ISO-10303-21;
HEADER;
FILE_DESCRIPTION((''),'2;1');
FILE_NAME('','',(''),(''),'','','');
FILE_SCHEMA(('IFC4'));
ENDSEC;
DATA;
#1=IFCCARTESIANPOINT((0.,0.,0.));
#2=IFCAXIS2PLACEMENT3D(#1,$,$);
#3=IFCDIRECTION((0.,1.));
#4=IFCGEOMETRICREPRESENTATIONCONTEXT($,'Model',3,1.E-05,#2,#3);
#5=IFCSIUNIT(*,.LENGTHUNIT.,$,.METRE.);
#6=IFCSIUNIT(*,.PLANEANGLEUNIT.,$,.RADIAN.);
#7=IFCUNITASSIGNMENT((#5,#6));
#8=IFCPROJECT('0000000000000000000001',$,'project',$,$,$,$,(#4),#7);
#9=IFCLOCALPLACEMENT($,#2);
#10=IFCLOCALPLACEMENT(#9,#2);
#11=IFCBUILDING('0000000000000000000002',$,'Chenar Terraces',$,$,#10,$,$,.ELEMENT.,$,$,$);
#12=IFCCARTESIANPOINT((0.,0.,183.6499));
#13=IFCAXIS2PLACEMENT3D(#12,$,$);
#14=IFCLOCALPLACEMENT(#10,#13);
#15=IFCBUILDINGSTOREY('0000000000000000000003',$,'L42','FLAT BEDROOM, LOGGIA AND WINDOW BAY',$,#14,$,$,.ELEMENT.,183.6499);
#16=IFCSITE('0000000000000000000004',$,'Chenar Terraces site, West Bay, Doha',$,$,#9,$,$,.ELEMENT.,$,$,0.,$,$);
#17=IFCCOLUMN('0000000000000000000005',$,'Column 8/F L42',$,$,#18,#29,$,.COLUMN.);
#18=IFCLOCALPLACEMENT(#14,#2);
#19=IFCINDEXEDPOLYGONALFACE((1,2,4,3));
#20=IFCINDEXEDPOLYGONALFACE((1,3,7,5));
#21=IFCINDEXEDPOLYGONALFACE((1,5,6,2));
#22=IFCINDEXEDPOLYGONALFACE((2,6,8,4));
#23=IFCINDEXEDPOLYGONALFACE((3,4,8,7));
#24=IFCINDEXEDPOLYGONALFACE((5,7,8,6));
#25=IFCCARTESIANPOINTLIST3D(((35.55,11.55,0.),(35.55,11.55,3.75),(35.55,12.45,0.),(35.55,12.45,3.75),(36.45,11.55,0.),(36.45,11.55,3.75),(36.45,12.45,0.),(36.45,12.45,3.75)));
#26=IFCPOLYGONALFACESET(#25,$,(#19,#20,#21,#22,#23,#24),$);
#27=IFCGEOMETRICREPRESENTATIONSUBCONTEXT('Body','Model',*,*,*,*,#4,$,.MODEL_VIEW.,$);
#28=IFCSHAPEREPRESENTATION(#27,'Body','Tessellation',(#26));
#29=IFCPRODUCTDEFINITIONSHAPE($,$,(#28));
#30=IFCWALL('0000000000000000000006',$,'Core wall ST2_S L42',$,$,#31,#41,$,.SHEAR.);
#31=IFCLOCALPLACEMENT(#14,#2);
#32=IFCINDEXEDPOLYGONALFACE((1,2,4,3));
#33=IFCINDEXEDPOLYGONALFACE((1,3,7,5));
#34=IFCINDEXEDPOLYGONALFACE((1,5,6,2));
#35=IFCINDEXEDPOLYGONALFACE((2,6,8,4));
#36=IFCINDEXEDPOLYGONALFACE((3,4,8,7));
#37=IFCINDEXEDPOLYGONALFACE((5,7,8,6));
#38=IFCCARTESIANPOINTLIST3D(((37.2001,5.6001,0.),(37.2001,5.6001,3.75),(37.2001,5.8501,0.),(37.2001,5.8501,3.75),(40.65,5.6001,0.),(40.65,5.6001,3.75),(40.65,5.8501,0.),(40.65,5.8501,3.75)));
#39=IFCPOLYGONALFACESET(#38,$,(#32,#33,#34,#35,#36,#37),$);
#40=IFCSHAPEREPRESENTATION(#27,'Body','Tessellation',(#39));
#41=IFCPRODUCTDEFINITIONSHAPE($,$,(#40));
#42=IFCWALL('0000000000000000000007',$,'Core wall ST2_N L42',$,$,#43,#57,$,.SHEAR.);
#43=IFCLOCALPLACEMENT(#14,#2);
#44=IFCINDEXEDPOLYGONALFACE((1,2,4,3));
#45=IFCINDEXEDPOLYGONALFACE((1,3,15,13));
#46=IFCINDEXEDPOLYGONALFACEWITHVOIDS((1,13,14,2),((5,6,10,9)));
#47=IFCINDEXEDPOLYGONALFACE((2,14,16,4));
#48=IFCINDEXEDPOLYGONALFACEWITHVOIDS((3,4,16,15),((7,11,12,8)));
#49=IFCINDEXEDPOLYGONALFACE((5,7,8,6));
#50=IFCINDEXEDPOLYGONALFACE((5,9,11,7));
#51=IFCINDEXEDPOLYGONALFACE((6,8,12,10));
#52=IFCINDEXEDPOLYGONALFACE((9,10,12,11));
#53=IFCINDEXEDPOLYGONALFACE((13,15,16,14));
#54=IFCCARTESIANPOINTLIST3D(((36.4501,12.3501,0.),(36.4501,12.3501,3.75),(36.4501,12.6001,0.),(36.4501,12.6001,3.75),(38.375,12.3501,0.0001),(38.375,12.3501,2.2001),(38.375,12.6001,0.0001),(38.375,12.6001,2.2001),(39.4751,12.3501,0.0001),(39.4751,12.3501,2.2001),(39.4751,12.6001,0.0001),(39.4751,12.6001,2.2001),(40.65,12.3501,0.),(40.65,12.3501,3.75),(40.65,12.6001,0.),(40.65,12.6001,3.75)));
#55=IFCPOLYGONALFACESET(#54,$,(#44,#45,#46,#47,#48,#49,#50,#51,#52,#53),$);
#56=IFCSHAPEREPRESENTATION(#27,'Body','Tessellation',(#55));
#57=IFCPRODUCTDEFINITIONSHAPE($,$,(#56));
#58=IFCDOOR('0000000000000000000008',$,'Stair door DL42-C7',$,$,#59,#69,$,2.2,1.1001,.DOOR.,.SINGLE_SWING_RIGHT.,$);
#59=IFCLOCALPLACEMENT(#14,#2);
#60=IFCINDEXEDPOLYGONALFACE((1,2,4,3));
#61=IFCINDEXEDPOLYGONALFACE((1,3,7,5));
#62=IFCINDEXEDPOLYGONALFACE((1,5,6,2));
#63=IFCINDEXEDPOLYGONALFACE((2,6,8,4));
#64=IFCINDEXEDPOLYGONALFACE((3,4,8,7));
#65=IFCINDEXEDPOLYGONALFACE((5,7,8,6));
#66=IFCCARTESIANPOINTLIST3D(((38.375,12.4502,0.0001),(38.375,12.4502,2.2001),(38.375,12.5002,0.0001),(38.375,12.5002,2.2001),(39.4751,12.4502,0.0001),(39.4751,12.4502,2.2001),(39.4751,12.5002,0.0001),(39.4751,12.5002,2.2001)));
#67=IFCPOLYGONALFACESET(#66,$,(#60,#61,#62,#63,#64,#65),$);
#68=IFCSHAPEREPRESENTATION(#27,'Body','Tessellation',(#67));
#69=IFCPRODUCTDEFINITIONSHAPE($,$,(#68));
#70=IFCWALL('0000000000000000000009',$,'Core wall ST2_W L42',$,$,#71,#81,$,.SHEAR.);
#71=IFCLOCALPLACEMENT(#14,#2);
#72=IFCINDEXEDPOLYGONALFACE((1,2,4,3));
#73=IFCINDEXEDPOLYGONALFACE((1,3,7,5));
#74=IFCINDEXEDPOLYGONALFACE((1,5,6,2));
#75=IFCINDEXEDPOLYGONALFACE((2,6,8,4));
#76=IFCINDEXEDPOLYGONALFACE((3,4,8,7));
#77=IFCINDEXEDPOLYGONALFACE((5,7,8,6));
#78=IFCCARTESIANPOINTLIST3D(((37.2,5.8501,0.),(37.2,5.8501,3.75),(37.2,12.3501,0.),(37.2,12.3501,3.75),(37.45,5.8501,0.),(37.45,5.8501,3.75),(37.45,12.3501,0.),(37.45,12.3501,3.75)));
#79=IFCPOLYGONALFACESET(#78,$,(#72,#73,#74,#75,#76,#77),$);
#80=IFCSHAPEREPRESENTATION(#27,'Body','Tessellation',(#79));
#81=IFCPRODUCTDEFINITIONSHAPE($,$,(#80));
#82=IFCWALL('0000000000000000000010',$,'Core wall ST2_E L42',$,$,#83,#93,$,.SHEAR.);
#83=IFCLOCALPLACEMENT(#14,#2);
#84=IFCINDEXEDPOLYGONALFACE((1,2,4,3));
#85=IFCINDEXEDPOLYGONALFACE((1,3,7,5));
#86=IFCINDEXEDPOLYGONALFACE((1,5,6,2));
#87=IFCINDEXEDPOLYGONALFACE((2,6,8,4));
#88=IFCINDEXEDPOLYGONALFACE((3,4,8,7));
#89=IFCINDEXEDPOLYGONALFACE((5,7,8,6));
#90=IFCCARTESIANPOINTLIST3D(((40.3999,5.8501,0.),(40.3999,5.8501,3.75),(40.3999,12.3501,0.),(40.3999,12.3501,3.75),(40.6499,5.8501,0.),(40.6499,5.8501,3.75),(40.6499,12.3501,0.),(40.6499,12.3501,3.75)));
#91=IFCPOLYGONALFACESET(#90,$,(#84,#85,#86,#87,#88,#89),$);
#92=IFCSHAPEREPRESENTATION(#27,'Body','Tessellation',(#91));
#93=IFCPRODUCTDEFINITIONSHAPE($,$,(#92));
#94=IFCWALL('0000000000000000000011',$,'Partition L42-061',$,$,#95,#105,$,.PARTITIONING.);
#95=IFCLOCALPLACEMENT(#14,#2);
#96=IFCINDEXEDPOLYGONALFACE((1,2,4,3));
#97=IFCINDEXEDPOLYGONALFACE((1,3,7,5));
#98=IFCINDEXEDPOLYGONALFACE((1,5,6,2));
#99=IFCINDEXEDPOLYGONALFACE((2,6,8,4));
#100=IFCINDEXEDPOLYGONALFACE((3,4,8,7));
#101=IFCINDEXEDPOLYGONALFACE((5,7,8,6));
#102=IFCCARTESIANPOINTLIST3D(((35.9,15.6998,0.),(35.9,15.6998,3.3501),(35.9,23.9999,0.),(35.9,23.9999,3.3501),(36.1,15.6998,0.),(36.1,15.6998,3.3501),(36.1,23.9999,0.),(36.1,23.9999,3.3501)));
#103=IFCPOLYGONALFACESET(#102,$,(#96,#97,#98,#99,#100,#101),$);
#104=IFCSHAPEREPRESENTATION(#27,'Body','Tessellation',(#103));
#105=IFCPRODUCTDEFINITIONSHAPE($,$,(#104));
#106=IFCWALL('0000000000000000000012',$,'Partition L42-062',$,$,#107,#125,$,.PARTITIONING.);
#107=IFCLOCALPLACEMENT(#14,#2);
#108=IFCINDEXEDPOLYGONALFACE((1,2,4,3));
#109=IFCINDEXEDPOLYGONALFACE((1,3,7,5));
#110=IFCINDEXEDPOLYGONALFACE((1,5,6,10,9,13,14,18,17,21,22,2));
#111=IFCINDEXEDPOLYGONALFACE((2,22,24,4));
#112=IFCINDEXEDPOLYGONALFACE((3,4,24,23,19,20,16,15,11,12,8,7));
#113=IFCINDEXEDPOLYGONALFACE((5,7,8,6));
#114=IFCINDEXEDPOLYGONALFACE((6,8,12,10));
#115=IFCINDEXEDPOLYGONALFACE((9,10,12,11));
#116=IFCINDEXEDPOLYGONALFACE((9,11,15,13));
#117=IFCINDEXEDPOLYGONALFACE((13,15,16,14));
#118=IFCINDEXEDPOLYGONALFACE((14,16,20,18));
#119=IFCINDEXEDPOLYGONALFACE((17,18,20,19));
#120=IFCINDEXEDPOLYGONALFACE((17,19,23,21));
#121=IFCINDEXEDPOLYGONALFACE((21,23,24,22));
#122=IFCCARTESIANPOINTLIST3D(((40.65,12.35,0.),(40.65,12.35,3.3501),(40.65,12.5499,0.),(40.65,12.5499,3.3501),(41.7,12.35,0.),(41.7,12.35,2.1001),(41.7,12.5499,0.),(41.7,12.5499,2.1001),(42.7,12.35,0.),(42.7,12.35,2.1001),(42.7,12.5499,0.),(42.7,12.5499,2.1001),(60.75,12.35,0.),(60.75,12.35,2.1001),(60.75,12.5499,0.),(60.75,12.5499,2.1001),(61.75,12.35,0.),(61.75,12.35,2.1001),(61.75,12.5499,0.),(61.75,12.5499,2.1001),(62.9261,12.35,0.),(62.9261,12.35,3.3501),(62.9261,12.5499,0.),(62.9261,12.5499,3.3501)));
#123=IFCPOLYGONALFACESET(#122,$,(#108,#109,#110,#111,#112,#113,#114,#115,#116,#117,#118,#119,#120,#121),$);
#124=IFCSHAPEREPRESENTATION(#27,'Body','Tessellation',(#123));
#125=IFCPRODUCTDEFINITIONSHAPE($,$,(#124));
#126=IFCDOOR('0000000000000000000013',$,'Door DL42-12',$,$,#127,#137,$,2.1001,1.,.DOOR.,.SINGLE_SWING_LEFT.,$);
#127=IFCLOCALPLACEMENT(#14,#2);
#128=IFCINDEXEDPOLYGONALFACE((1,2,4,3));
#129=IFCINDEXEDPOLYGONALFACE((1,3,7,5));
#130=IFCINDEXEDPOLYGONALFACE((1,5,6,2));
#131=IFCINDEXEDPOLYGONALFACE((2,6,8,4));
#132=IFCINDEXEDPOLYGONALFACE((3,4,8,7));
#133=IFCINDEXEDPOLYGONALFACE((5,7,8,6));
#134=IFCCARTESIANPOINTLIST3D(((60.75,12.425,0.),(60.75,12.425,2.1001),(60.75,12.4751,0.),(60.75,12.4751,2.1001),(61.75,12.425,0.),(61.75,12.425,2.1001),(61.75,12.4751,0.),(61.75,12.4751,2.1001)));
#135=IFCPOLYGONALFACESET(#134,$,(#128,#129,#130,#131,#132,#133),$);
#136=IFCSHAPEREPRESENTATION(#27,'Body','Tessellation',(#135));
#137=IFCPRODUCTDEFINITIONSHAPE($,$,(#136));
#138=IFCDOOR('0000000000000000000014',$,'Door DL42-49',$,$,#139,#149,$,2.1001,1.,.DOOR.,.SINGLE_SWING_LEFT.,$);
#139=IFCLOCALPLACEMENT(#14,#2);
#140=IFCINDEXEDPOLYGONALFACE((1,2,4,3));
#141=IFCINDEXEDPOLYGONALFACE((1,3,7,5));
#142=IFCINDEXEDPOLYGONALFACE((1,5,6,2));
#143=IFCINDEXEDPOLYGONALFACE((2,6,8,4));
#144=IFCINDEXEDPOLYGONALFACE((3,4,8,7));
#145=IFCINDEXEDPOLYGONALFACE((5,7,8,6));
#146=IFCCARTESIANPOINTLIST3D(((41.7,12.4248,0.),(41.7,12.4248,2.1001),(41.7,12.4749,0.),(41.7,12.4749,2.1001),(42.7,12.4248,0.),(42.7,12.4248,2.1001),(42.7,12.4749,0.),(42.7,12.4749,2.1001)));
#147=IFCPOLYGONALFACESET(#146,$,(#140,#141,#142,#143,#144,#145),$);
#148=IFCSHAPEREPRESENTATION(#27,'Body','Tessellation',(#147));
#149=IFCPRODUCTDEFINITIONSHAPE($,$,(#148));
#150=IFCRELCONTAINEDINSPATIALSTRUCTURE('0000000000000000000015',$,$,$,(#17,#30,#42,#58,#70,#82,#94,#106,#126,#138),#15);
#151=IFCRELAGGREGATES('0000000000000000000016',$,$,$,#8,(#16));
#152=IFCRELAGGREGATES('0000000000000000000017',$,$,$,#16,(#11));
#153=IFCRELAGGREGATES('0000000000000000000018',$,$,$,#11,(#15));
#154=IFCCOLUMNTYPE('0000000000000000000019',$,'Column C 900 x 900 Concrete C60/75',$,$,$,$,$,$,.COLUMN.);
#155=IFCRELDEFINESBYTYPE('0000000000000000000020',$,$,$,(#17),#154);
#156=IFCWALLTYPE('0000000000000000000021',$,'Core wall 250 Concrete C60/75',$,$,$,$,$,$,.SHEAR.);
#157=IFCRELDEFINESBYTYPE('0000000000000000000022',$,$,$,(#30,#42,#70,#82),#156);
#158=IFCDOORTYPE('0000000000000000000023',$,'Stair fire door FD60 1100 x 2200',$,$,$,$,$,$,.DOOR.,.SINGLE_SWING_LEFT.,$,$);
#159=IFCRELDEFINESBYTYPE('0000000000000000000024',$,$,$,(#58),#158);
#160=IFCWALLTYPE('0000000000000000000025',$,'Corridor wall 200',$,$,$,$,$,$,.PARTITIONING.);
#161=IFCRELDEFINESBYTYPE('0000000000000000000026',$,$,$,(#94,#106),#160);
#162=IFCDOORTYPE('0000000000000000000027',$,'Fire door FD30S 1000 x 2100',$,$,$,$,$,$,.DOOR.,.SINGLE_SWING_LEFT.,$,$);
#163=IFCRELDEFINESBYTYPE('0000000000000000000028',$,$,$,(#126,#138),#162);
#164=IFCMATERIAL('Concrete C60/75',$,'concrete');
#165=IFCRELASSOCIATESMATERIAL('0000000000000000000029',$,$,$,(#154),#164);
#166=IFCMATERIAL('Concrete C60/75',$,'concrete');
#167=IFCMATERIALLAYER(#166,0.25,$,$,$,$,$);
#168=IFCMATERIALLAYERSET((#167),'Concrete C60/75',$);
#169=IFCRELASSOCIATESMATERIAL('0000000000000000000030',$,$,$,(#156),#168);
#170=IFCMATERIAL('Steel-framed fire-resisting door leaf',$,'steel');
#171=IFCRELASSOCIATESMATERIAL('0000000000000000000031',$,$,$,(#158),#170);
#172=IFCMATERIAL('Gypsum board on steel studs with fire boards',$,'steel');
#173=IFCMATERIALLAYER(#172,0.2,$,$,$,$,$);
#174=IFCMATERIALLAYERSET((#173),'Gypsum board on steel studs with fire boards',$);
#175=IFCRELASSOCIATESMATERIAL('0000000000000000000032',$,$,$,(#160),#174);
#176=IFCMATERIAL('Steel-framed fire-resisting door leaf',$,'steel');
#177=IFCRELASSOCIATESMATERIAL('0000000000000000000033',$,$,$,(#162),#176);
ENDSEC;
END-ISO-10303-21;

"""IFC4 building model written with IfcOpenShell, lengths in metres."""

from ifc_helpers import new_model, si_unit, direction, frame, frame_2d, origin, origin_2d, place, context, subcontext, project, spatial, rectangle, extrude, material, layer, layer_set, material_profile, profile_set, type_object, element, fill, save


model = new_model("IFC4")

# Units and contexts
model_context = context("Model", 3, precision=1e-05, world=origin(), true_north=direction((0.0, 1.0)))
body_context = subcontext(model_context, "Body", "Model", "MODEL_VIEW")
ifc_project = project(units=[si_unit("LENGTHUNIT", "METRE"), si_unit("PLANEANGLEUNIT", "RADIAN")], contexts=[model_context])

# Site, building, storey
site_placement = place(None, origin())
site = spatial("IfcSite", under=ifc_project, at=site_placement, Name="Chenar Terraces site, West Bay, Doha", CompositionType="ELEMENT", RefElevation=0.0)
building_placement = place(site_placement, origin())
building = spatial("IfcBuilding", under=site, at=building_placement, Name="Chenar Terraces", CompositionType="ELEMENT")
storey_placement = place(building_placement, frame((0.0, 0.0, 183.6499)))
storey = spatial("IfcBuildingStorey", under=building, at=storey_placement, Name="L42", Description="FLAT BEDROOM, LOGGIA AND WINDOW BAY", CompositionType="ELEMENT", Elevation=183.6499)

# Column
ifc_material_1 = material(Name="Concrete C60/75", Category="concrete")
ifc_material_profile = material_profile(ifc_material_1, rectangle(XDim=0.8999, YDim=0.8999, at=origin_2d()), Name="C 900 x 900")
ifc_profile_set = profile_set([ifc_material_profile], Name="Concrete C60/75")
column_type = type_object("IfcColumnType", Name="Column C 900 x 900 Concrete C60/75", PredefinedType="COLUMN", material=ifc_profile_set)
column_placement = place(storey_placement, frame((36.0, 12.0, 0.0), z_axis=(0.0, 0.0, 1.0), x_axis=(1.0, 0.0, 0.0)))
element("IfcColumn", 1, at=column_placement, inside=storey, type_object=column_type, Name="Column 8/F L42", PredefinedType="COLUMN", context=body_context, shape_type="SweptSolid", body=[
    extrude(rectangle(XDim=0.8999, YDim=0.8999, at=origin_2d()), origin(), (0.0, 0.0, 1.0), 3.75),
])

# Wall
ifc_material_2 = material(Name="Concrete C60/75", Category="concrete")
ifc_layer_1 = layer(ifc_material_2, 0.25)
ifc_layer_set_1 = layer_set([ifc_layer_1], Name="Concrete C60/75")
wall_type_1 = type_object("IfcWallType", Name="Core wall 250 Concrete C60/75", PredefinedType="SHEAR", material=ifc_layer_set_1)
wall_1_placement = place(storey_placement, frame((37.2, 5.7251, 0.0), z_axis=(0.0, 0.0, 1.0), x_axis=(1.0, 0.0, 0.0)))
element("IfcWall", 2, at=wall_1_placement, inside=storey, type_object=wall_type_1, Name="Core wall ST2_S L42", PredefinedType="SHEAR", context=body_context, shape_type="SweptSolid", body=[
    extrude(rectangle(XDim=3.45, YDim=0.25, at=frame_2d((1.7251, 0.0))), origin(), (0.0, 0.0, 1.0), 3.75),
])

# Wall, opening, door
wall_2_placement = place(storey_placement, frame((36.45, 12.4751, 0.0), z_axis=(0.0, 0.0, 1.0), x_axis=(1.0, 0.0, 0.0)))
wall_2 = element("IfcWall", 3, at=wall_2_placement, inside=storey, type_object=wall_type_1, Name="Core wall ST2_N L42", PredefinedType="SHEAR", context=body_context, shape_type="SweptSolid", body=[
    extrude(rectangle(XDim=4.2, YDim=0.25, at=frame_2d((2.1001, 0.0))), origin(), (0.0, 0.0, 1.0), 3.75),
])
opening_1_placement = place(wall_2_placement, frame((1.925, 0.0, 0.0)))
opening_1 = element("IfcOpeningElement", 4, at=opening_1_placement, cuts=wall_2, PredefinedType="OPENING", context=body_context, shape_type="SweptSolid", body=[
    extrude(rectangle(XDim=1.1001, YDim=2.2, at=frame_2d((0.55, 1.1001))), frame((0.0, 0.135, 0.0), z_axis=(0.0, -1.0, 0.0), x_axis=(1.0, 0.0, 0.0)), (0.0, 0.0, 1.0), 0.27),
])
ifc_material_3 = material(Name="Steel-framed fire-resisting door leaf", Category="steel")
door_type_1 = type_object("IfcDoorType", Name="Stair fire door FD60 1100 x 2200", OperationType="SINGLE_SWING_LEFT", PredefinedType="DOOR", material=ifc_material_3)
door_1_placement = place(opening_1_placement, frame((1.1001, 0.0, 0.0), z_axis=(0.0, 0.0, 1.0), x_axis=(-1.0, 0.0, 0.0)))
door_1 = element("IfcDoor", 5, at=door_1_placement, inside=storey, type_object=door_type_1, Name="Stair door DL42-C7", OperationType="SINGLE_SWING_RIGHT", OverallHeight=2.2, OverallWidth=1.1001, PredefinedType="DOOR", context=body_context, shape_type="SweptSolid", body=[
    extrude(rectangle(XDim=1.1001, YDim=2.2, at=frame_2d((0.55, 1.1001))), frame((0.0, 0.0249, 0.0), z_axis=(0.0, -1.0, 0.0), x_axis=(1.0, 0.0, 0.0)), (0.0, 0.0, 1.0), 0.05),
])
fill(opening_1, door_1)

# Walls
for number, where, z_axis, x_axis, name in (
    (6, (37.325, 5.8501, 0.0), (0.0, 0.0, 1.0), (0.0, 1.0, 0.0), "Core wall ST2_W L42"),
    (7, (40.5249, 5.8501, 0.0), (0.0, 0.0, 1.0), (0.0, 1.0, 0.0), "Core wall ST2_E L42"),
):
    element("IfcWall", number, at=place(storey_placement, frame(where, z_axis=z_axis, x_axis=x_axis)), inside=storey, type_object=wall_type_1, Name=name, PredefinedType="SHEAR", context=body_context, shape_type="SweptSolid", body=[
        extrude(rectangle(XDim=6.5, YDim=0.25, at=frame_2d((3.25, 0.0))), origin(), (0.0, 0.0, 1.0), 3.75),
    ])
ifc_material_4 = material(Name="Gypsum board on steel studs with fire boards", Category="steel")
ifc_layer_2 = layer(ifc_material_4, 0.2)
ifc_layer_set_2 = layer_set([ifc_layer_2], Name="Gypsum board on steel studs with fire boards")
wall_type_2 = type_object("IfcWallType", Name="Corridor wall 200", PredefinedType="PARTITIONING", material=ifc_layer_set_2)
wall_3_placement = place(storey_placement, frame((36.0, 15.7, 0.0), z_axis=(0.0, 0.0, 1.0), x_axis=(0.0, 1.0, 0.0)))
element("IfcWall", 8, at=wall_3_placement, inside=storey, type_object=wall_type_2, Name="Partition L42-061", PredefinedType="PARTITIONING", context=body_context, shape_type="SweptSolid", body=[
    extrude(rectangle(XDim=8.3, YDim=0.2, at=frame_2d((4.1499, 0.0))), origin(), (0.0, 0.0, 1.0), 3.3501),
])

# Wall, openings, doors
wall_4_placement = place(storey_placement, frame((40.6499, 12.45, 0.0), z_axis=(0.0, 0.0, 1.0), x_axis=(1.0, 0.0, 0.0)))
wall_4 = element("IfcWall", 9, at=wall_4_placement, inside=storey, type_object=wall_type_2, Name="Partition L42-062", PredefinedType="PARTITIONING", context=body_context, shape_type="SweptSolid", body=[
    extrude(rectangle(XDim=22.2761, YDim=0.2, at=frame_2d((11.1382, 0.0))), origin(), (0.0, 0.0, 1.0), 3.3501),
])
opening_2_placement = place(wall_4_placement, frame((20.1001, 0.0, 0.0)))
opening_2 = element("IfcOpeningElement", 10, at=opening_2_placement, cuts=wall_4, PredefinedType="OPENING", context=body_context, shape_type="SweptSolid", body=[
    extrude(rectangle(XDim=1.0, YDim=2.1001, at=frame_2d((0.5, 1.05))), frame((0.0, 0.1099, 0.0), z_axis=(0.0, -1.0, 0.0), x_axis=(1.0, 0.0, 0.0)), (0.0, 0.0, 1.0), 0.22),
])
opening_3_placement = place(wall_4_placement, frame((1.05, 0.0, 0.0)))
opening_3 = element("IfcOpeningElement", 11, at=opening_3_placement, cuts=wall_4, PredefinedType="OPENING", context=body_context, shape_type="SweptSolid", body=[
    extrude(rectangle(XDim=1.0, YDim=2.1001, at=frame_2d((0.5, 1.05))), frame((0.0, 0.1099, 0.0), z_axis=(0.0, -1.0, 0.0), x_axis=(1.0, 0.0, 0.0)), (0.0, 0.0, 1.0), 0.22),
])
ifc_material_5 = material(Name="Steel-framed fire-resisting door leaf", Category="steel")
door_type_2 = type_object("IfcDoorType", Name="Fire door FD30S 1000 x 2100", OperationType="SINGLE_SWING_LEFT", PredefinedType="DOOR", material=ifc_material_5)
door_2_placement = place(opening_2_placement, frame((1.0, 0.0, 0.0), z_axis=(0.0, 0.0, 1.0), x_axis=(-1.0, 0.0, 0.0)))
door_2 = element("IfcDoor", 12, at=door_2_placement, inside=storey, type_object=door_type_2, Name="Door DL42-12", OperationType="SINGLE_SWING_LEFT", OverallHeight=2.1001, OverallWidth=1.0, PredefinedType="DOOR", context=body_context, shape_type="SweptSolid", body=[
    extrude(rectangle(XDim=1.0, YDim=2.1001, at=frame_2d((0.5, 1.05))), frame((0.0, 0.0249, 0.0), z_axis=(0.0, -1.0, 0.0), x_axis=(1.0, 0.0, 0.0)), (0.0, 0.0, 1.0), 0.05),
])
fill(opening_2, door_2)
door_3_placement = place(opening_3_placement, origin())
door_3 = element("IfcDoor", 13, at=door_3_placement, inside=storey, type_object=door_type_2, Name="Door DL42-49", OperationType="SINGLE_SWING_LEFT", OverallHeight=2.1001, OverallWidth=1.0, PredefinedType="DOOR", context=body_context, shape_type="SweptSolid", body=[
    extrude(rectangle(XDim=1.0, YDim=2.1001, at=frame_2d((0.5, 1.05))), frame((0.0, 0.0249, 0.0), z_axis=(0.0, -1.0, 0.0), x_axis=(1.0, 0.0, 0.0)), (0.0, 0.0, 1.0), 0.05),
])
fill(opening_3, door_3)

save(model, "model.ifc")
